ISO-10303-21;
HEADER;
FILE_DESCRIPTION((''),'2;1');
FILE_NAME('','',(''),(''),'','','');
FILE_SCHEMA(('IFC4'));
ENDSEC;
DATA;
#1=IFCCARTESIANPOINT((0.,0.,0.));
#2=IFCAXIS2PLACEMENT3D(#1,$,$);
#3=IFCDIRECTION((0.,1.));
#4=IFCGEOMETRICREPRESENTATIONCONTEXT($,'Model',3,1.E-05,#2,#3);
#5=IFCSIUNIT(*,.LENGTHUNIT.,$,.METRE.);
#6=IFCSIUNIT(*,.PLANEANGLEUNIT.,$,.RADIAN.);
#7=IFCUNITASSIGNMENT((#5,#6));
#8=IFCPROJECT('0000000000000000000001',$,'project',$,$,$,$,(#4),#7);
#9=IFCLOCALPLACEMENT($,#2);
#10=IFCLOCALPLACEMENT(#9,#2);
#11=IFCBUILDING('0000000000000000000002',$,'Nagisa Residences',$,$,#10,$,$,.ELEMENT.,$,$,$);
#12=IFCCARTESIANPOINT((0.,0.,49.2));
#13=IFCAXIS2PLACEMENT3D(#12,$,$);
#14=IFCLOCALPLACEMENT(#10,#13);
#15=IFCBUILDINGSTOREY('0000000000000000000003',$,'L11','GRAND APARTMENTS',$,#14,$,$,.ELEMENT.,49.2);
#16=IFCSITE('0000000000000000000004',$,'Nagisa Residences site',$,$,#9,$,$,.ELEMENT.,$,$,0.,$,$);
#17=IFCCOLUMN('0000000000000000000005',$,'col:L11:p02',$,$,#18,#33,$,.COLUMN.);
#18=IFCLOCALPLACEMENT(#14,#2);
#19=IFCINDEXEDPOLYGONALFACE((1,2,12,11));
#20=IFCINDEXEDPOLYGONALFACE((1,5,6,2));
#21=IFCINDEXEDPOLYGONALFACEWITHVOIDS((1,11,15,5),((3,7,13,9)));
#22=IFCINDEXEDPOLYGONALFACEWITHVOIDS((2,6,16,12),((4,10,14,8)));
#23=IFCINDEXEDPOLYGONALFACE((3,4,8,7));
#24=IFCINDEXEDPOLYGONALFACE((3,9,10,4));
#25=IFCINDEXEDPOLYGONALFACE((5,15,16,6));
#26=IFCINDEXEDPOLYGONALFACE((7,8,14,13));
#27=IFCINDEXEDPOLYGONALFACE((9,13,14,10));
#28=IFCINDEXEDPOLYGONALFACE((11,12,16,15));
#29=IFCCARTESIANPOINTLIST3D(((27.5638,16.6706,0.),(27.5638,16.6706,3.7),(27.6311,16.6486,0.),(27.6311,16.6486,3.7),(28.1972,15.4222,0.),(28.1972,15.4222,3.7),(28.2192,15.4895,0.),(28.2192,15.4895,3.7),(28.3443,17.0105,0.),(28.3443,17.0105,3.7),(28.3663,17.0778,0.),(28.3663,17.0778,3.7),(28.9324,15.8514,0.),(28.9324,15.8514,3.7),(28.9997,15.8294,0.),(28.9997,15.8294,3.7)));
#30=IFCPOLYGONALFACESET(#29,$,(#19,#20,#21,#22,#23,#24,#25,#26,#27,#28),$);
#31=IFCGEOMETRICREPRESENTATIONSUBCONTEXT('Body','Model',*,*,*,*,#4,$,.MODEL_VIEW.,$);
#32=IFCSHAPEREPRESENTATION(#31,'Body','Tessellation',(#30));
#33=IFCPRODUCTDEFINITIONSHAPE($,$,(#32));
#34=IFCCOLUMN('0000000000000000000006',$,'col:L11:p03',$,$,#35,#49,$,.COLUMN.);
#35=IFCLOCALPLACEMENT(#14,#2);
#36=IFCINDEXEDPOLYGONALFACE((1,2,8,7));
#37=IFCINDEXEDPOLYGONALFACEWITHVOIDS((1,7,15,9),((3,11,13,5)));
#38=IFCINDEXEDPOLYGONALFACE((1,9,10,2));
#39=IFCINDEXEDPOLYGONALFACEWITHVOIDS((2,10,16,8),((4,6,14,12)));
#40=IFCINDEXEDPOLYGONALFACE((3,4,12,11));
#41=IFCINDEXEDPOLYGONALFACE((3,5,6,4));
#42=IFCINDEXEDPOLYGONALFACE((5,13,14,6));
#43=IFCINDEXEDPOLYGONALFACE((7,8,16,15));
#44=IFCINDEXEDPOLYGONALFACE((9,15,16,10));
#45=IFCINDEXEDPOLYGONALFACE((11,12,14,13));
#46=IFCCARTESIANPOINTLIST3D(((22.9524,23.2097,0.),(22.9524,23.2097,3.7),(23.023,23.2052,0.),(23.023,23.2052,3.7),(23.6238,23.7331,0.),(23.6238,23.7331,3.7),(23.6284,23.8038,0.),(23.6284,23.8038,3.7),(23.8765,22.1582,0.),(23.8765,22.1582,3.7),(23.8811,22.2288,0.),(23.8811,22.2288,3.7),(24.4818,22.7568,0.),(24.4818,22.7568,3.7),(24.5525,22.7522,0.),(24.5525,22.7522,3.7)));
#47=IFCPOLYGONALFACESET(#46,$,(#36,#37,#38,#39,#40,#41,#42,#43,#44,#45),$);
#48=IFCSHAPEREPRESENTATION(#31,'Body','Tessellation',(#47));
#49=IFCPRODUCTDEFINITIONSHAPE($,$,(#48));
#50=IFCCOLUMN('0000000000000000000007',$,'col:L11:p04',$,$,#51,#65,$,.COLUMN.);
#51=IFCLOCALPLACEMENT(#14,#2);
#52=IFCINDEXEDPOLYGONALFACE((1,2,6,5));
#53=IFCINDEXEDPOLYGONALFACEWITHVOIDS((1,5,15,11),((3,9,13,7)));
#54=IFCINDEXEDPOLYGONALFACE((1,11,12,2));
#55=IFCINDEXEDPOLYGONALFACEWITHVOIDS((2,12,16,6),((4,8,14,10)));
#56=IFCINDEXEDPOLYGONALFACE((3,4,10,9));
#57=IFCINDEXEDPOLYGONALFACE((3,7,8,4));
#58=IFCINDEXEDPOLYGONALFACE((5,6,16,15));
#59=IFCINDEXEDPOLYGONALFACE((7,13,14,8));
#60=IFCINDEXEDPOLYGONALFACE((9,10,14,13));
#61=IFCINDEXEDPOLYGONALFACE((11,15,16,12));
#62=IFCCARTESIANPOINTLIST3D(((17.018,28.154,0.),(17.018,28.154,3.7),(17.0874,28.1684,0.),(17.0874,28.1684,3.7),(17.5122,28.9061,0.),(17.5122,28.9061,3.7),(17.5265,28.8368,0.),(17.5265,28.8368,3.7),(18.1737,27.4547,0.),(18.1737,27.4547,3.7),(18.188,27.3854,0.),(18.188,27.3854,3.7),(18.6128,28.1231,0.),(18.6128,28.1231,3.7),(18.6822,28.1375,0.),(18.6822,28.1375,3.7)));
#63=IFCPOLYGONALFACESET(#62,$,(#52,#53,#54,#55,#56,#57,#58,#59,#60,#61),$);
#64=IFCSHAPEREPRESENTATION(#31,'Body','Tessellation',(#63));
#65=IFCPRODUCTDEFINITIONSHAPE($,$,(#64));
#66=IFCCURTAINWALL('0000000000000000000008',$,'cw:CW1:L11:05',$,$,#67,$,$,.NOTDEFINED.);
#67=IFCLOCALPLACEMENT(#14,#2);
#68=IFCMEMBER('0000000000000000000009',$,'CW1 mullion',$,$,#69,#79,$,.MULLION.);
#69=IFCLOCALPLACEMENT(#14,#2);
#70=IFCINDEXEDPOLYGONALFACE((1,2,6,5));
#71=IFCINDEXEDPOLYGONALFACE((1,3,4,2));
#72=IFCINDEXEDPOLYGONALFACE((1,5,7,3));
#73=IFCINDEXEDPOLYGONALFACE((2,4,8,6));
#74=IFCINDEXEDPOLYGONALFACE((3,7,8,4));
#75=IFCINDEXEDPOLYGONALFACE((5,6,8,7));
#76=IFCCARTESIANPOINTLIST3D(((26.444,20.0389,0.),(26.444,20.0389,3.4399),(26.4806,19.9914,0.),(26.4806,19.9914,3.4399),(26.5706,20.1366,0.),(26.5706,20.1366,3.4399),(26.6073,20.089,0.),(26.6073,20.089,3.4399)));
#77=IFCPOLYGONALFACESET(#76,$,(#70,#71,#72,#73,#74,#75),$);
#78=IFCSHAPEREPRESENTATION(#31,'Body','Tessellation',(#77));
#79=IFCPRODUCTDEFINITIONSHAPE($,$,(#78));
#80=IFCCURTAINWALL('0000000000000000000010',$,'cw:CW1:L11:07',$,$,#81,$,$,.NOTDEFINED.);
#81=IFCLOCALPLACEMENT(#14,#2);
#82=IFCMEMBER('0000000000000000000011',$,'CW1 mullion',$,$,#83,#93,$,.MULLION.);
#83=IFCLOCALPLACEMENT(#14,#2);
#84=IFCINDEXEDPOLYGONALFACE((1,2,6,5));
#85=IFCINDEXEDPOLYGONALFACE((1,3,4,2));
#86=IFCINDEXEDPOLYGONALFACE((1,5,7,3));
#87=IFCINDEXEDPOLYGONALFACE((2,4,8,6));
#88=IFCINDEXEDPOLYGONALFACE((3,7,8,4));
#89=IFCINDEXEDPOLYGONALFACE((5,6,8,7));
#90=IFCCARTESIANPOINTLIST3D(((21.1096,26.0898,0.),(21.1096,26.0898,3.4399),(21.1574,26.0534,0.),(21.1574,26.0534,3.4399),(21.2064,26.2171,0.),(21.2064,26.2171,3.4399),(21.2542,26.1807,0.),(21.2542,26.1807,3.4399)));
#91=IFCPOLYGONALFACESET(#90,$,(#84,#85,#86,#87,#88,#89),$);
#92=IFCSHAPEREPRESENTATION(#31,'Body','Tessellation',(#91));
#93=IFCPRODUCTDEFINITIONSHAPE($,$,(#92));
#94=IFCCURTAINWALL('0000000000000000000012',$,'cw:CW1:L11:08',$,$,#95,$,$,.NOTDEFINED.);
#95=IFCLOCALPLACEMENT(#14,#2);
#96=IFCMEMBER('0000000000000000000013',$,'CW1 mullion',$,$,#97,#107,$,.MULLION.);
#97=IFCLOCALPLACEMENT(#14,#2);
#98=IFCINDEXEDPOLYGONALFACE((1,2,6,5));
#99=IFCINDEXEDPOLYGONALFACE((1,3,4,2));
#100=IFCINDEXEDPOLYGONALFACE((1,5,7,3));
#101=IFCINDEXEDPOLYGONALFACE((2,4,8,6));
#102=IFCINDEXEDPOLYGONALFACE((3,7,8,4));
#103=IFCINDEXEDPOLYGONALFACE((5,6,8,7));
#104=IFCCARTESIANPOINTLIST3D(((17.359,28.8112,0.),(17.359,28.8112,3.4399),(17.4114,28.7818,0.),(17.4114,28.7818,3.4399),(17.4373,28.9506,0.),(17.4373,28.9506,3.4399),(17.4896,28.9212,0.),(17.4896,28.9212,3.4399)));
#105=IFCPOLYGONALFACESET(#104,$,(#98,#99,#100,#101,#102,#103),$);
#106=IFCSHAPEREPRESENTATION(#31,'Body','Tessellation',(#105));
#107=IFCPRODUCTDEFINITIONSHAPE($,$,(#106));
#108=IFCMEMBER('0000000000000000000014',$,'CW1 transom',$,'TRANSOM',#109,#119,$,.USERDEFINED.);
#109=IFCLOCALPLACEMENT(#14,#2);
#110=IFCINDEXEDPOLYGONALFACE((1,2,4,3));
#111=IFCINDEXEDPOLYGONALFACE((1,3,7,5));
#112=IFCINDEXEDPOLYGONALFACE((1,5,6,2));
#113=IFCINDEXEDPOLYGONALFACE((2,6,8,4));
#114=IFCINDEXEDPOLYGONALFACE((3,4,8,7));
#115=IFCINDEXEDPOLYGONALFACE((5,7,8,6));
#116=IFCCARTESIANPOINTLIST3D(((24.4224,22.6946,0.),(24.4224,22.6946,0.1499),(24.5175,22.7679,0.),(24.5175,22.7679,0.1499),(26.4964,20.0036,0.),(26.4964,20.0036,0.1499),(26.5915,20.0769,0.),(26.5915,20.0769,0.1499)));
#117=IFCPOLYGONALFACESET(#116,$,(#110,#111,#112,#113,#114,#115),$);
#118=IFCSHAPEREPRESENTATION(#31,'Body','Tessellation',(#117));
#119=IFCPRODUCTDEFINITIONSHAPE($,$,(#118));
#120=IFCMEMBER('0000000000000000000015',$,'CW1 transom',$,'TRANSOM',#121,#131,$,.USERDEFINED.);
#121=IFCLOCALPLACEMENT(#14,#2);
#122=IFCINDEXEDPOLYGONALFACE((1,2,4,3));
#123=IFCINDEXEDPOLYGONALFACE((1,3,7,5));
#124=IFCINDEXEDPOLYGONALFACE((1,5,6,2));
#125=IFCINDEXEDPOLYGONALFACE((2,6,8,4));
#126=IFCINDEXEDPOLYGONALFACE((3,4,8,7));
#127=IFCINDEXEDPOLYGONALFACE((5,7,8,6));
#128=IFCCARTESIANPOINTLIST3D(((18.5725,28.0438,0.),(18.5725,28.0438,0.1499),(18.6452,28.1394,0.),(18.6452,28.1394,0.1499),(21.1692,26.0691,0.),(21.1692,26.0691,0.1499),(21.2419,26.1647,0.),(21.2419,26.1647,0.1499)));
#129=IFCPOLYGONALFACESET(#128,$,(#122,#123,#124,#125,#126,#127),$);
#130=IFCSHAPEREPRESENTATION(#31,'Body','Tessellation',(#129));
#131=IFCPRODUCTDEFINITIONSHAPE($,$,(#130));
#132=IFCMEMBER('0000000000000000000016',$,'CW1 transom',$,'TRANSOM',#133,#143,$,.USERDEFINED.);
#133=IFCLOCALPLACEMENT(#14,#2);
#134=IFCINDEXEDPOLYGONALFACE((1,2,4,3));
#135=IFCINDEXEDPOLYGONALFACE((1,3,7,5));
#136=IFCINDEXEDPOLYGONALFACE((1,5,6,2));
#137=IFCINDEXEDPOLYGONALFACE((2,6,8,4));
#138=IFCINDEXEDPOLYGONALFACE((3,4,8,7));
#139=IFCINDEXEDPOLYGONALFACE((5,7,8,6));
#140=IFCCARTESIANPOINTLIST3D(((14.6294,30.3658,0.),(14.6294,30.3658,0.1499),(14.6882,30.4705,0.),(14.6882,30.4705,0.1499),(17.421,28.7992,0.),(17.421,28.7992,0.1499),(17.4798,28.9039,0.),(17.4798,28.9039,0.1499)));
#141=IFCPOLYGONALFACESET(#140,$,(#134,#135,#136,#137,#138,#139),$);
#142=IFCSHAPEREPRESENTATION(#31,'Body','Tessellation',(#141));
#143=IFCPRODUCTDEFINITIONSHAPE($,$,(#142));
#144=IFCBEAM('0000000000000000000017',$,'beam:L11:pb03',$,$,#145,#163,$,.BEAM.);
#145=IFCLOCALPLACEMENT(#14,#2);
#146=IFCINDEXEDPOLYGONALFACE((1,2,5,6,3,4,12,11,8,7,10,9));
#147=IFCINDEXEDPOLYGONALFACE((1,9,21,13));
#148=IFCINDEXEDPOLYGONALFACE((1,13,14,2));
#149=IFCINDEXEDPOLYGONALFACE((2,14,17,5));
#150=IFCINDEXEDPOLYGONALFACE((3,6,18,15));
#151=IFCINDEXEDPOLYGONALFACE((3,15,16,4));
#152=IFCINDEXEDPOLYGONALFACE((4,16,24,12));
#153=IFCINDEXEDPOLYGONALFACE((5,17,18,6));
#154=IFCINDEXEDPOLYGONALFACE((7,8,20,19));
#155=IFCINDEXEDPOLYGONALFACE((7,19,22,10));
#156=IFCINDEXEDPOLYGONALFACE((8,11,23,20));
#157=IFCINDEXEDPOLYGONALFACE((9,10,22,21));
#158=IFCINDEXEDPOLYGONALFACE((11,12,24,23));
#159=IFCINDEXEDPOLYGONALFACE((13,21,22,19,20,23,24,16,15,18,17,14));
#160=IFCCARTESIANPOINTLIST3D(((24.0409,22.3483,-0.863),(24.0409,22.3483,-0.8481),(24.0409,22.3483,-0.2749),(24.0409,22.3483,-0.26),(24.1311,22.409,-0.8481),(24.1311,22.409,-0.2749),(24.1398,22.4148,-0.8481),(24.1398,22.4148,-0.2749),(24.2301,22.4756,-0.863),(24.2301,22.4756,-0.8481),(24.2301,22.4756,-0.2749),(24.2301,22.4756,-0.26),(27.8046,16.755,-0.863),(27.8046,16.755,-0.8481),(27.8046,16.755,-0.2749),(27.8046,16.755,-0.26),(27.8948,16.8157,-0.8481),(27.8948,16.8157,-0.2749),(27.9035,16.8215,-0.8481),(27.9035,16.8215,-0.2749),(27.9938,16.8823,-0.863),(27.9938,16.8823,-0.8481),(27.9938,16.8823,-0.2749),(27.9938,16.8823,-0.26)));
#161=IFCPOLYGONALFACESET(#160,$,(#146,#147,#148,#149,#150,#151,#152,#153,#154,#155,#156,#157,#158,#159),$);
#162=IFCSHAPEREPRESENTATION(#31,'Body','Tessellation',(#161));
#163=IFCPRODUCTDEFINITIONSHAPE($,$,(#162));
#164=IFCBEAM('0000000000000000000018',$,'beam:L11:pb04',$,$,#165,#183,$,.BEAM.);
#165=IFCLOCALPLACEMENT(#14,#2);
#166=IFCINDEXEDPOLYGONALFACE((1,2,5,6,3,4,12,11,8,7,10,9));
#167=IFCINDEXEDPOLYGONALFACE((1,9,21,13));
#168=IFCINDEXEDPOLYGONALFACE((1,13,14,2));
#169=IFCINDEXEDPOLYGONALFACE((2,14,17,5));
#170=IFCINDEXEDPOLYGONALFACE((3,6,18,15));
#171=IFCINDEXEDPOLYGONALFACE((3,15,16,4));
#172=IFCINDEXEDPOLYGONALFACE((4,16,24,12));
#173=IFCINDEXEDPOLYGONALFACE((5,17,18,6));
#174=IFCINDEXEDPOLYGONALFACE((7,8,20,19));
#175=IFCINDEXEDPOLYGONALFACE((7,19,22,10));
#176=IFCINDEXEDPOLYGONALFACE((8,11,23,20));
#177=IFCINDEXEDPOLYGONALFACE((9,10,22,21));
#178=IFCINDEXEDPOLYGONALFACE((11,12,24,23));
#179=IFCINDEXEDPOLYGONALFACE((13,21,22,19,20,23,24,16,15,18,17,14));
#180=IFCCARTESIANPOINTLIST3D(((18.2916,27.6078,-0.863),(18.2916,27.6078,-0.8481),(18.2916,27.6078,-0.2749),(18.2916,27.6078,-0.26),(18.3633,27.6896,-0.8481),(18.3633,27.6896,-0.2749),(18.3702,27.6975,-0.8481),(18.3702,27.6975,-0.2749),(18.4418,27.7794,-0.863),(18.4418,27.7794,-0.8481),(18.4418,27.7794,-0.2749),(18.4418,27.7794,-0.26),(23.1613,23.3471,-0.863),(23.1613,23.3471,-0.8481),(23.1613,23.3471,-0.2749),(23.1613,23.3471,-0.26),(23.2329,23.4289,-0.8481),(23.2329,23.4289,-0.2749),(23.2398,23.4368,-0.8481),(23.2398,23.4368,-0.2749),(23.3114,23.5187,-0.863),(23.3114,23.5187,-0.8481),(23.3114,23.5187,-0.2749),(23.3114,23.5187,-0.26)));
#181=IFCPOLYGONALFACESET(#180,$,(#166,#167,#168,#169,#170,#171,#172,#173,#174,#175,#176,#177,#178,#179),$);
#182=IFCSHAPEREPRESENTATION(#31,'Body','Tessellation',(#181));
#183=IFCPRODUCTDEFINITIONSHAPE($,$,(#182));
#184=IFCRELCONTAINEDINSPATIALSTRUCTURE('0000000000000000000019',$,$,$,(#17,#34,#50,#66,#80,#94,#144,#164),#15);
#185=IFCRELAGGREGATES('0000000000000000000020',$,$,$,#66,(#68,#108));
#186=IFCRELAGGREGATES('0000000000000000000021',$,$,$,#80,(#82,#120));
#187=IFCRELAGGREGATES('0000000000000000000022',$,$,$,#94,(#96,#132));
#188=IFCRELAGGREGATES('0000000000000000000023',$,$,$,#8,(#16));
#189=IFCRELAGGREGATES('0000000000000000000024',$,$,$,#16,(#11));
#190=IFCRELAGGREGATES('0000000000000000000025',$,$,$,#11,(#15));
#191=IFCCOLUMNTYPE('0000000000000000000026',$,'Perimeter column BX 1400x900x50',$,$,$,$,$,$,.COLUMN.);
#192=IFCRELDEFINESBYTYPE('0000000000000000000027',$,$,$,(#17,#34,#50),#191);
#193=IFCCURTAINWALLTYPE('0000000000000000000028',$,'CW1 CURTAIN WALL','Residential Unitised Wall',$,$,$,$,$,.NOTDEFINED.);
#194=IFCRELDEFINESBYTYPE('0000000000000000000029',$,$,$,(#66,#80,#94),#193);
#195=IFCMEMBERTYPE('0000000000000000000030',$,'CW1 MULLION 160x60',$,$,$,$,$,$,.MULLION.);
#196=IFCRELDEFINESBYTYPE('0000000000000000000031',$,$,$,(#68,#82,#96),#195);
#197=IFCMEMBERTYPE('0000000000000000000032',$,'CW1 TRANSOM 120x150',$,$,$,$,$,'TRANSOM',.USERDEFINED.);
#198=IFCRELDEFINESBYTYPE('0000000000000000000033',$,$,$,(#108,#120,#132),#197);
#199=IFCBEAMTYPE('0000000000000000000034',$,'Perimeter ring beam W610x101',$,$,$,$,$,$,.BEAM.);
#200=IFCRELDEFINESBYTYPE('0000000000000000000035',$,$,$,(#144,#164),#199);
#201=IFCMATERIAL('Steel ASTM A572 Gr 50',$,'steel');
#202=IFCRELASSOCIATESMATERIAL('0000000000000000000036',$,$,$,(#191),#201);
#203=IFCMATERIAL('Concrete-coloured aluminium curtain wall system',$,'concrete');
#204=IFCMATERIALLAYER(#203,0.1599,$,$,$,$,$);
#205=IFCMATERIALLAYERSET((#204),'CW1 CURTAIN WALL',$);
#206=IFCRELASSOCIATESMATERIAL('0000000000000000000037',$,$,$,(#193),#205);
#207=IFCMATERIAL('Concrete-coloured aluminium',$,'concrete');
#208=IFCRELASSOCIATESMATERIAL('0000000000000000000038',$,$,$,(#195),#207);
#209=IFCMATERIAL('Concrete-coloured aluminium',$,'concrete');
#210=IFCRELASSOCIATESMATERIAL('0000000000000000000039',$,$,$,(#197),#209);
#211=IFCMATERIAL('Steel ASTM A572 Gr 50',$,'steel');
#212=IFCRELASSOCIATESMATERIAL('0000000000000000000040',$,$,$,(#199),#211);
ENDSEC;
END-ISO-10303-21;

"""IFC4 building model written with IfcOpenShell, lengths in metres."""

from ifc_helpers import new_model, si_unit, direction, frame, origin, origin_2d, place, context, subcontext, project, spatial, rectangle, hollow_rectangle, i_section, extrude, material, layer, layer_set, material_profile, profile_set, type_object, element, aggregate, save


model = new_model("IFC4")

# Units and contexts
model_context = context("Model", 3, precision=1e-05, world=origin(), true_north=direction((0.0, 1.0)))
body_context = subcontext(model_context, "Body", "Model", "MODEL_VIEW")
ifc_project = project(units=[si_unit("LENGTHUNIT", "METRE"), si_unit("PLANEANGLEUNIT", "RADIAN")], contexts=[model_context])

# Site, building, storey
site_placement = place(None, origin())
site = spatial("IfcSite", under=ifc_project, at=site_placement, Name="Nagisa Residences site", CompositionType="ELEMENT", RefElevation=0.0)
building_placement = place(site_placement, origin())
building = spatial("IfcBuilding", under=site, at=building_placement, Name="Nagisa Residences", CompositionType="ELEMENT")
storey_placement = place(building_placement, frame((0.0, 0.0, 49.2)))
storey = spatial("IfcBuildingStorey", under=building, at=storey_placement, Name="L11", Description="GRAND APARTMENTS", CompositionType="ELEMENT", Elevation=49.2)

# Columns
ifc_material_1 = material(Name="Steel ASTM A572 Gr 50", Category="steel")
ifc_material_profile_1 = material_profile(ifc_material_1, hollow_rectangle(XDim=1.3999, YDim=0.8999, WallThickness=0.05, at=origin_2d()), Name="BX 1400x900x50")
ifc_profile_set_1 = profile_set([ifc_material_profile_1], Name="Steel ASTM A572 Gr 50")
column_type = type_object("IfcColumnType", Name="Perimeter column BX 1400x900x50", PredefinedType="COLUMN", material=ifc_profile_set_1)
for number, where, z_axis, x_axis, name in (
    (1, (28.2817, 16.25, 0.0), (0.0, 0.0, 1.0), (-0.452463, 0.891783, 0.0), "col:L11:p02"),
    (2, (23.7524, 22.981, 0.0), (0.0, 0.0, 1.0), (-0.660115, 0.751165, 0.0), "col:L11:p03"),
    (3, (17.8501, 28.1458, 0.0), (0.0, 0.0, 1.0), (-0.835766, 0.549086, 0.0), "col:L11:p04"),
):
    element("IfcColumn", number, at=place(storey_placement, frame(where, z_axis=z_axis, x_axis=x_axis)), inside=storey, type_object=column_type, Name=name, PredefinedType="COLUMN", context=body_context, shape_type="SweptSolid", body=[
        extrude(hollow_rectangle(XDim=1.3999, YDim=0.8999, WallThickness=0.05, at=origin_2d()), origin(), (0.0, 0.0, 1.0), 3.7),
    ])

# Curtain walls, members
ifc_material_2 = material(Name="Concrete-coloured aluminium curtain wall system", Category="concrete")
ifc_layer_1 = layer(ifc_material_2, 0.1599)
ifc_layer_set_1 = layer_set([ifc_layer_1], Name="CW1 CURTAIN WALL")
curtain_wall_type = type_object("IfcCurtainWallType", Name="CW1 CURTAIN WALL", Description="Residential Unitised Wall", PredefinedType="NOTDEFINED", material=ifc_layer_set_1)
curtain_wall_1_placement = place(storey_placement, origin())
curtain_wall_1 = element("IfcCurtainWall", 4, at=curtain_wall_1_placement, inside=storey, type_object=curtain_wall_type, Name="cw:CW1:L11:05", PredefinedType="NOTDEFINED")
ifc_material_3 = material(Name="Concrete-coloured aluminium", Category="concrete")
ifc_material_profile_2 = material_profile(ifc_material_3, rectangle(XDim=0.1599, YDim=0.0601, at=origin_2d()), Name="CW1 MULLION 160x60")
ifc_profile_set_2 = profile_set([ifc_material_profile_2], Name="Concrete-coloured aluminium")
member_type_1 = type_object("IfcMemberType", Name="CW1 MULLION 160x60", PredefinedType="MULLION", material=ifc_profile_set_2)
member_1_placement = place(storey_placement, frame((26.5256, 20.064, 0.0), z_axis=(0.0, 0.0, 1.0), x_axis=(-0.79207, -0.61043, 0.0)))
member_1 = element("IfcMember", 5, at=member_1_placement, type_object=member_type_1, Name="CW1 mullion", PredefinedType="MULLION", context=body_context, shape_type="SweptSolid", body=[
    extrude(rectangle(XDim=0.1599, YDim=0.0601, at=origin_2d()), origin(), (0.0, 0.0, 1.0), 3.4399),
])
curtain_wall_2_placement = place(storey_placement, origin())
curtain_wall_2 = element("IfcCurtainWall", 6, at=curtain_wall_2_placement, inside=storey, type_object=curtain_wall_type, Name="cw:CW1:L11:07", PredefinedType="NOTDEFINED")
member_2_placement = place(storey_placement, frame((21.1819, 26.1353, 0.0), z_axis=(0.0, 0.0, 1.0), x_axis=(-0.605255, -0.796031, 0.0)))
member_2 = element("IfcMember", 7, at=member_2_placement, type_object=member_type_1, Name="CW1 mullion", PredefinedType="MULLION", context=body_context, shape_type="SweptSolid", body=[
    extrude(rectangle(XDim=0.1599, YDim=0.0601, at=origin_2d()), origin(), (0.0, 0.0, 1.0), 3.4399),
])
curtain_wall_3_placement = place(storey_placement, origin())
curtain_wall_3 = element("IfcCurtainWall", 8, at=curtain_wall_3_placement, inside=storey, type_object=curtain_wall_type, Name="cw:CW1:L11:08", PredefinedType="NOTDEFINED")
member_3_placement = place(storey_placement, frame((17.4243, 28.8662, 0.0), z_axis=(0.0, 0.0, 1.0), x_axis=(-0.489377, -0.872072, 0.0)))
member_3 = element("IfcMember", 9, at=member_3_placement, type_object=member_type_1, Name="CW1 mullion", PredefinedType="MULLION", context=body_context, shape_type="SweptSolid", body=[
    extrude(rectangle(XDim=0.1599, YDim=0.0601, at=origin_2d()), origin(), (0.0, 0.0, 1.0), 3.4399),
])

# Members
ifc_material_4 = material(Name="Concrete-coloured aluminium", Category="concrete")
ifc_material_profile_3 = material_profile(ifc_material_4, rectangle(XDim=0.1201, YDim=0.1499, at=origin_2d()), Name="CW1 TRANSOM 120x150")
ifc_profile_set_3 = profile_set([ifc_material_profile_3], Name="Concrete-coloured aluminium")
member_type_2 = type_object("IfcMemberType", Name="CW1 TRANSOM 120x150", ElementType="TRANSOM", PredefinedType="USERDEFINED", material=ifc_profile_set_3)
member_4_placement = place(storey_placement, frame((26.5439, 20.0403, 0.075), z_axis=(-0.610457, 0.792049, 0.0), x_axis=(-0.792049, -0.610457, 0.0)))
member_4 = element("IfcMember", 10, at=member_4_placement, type_object=member_type_2, Name="CW1 transom", ObjectType="TRANSOM", PredefinedType="USERDEFINED", context=body_context, shape_type="SweptSolid", body=[
    extrude(rectangle(XDim=0.1201, YDim=0.1499, at=origin_2d()), origin(), (0.0, 0.0, 1.0), 3.3975),
])
member_5_placement = place(storey_placement, frame((21.2056, 26.1169, 0.075), z_axis=(-0.795995, 0.605303, 0.0), x_axis=(-0.605303, -0.795995, 0.0)))
member_5 = element("IfcMember", 11, at=member_5_placement, type_object=member_type_2, Name="CW1 transom", ObjectType="TRANSOM", PredefinedType="USERDEFINED", context=body_context, shape_type="SweptSolid", body=[
    extrude(rectangle(XDim=0.1201, YDim=0.1499, at=origin_2d()), origin(), (0.0, 0.0, 1.0), 3.2622),
])
member_6_placement = place(storey_placement, frame((17.4504, 28.8516, 0.075), z_axis=(-0.87207, 0.489381, 0.0), x_axis=(-0.489381, -0.87207, 0.0)))
member_6 = element("IfcMember", 12, at=member_6_placement, type_object=member_type_2, Name="CW1 transom", ObjectType="TRANSOM", PredefinedType="USERDEFINED", context=body_context, shape_type="SweptSolid", body=[
    extrude(rectangle(XDim=0.1201, YDim=0.1499, at=origin_2d()), origin(), (0.0, 0.0, 1.0), 3.2012),
])

# Beams
ifc_material_5 = material(Name="Steel ASTM A572 Gr 50", Category="steel")
ifc_material_profile_4 = material_profile(ifc_material_5, i_section(OverallWidth=0.228, OverallDepth=0.603, WebThickness=0.0105, FlangeThickness=0.0149, at=origin_2d()), Name="W610x101")
ifc_profile_set_4 = profile_set([ifc_material_profile_4], Name="Steel ASTM A572 Gr 50")
beam_type_1 = type_object("IfcBeamType", Name="Perimeter ring beam W610x101", PredefinedType="BEAM", material=ifc_profile_set_4)
beam_1_placement = place(storey_placement, frame((27.8992, 16.8186, -0.5615), z_axis=(-0.558272, 0.829658, 0.0), x_axis=(-0.829658, -0.558272, 0.0)))
element("IfcBeam", 13, at=beam_1_placement, inside=storey, type_object=beam_type_1, Name="beam:L11:pb03", PredefinedType="BEAM", context=body_context, shape_type="SweptSolid", body=[
    extrude(i_section(OverallWidth=0.228, OverallDepth=0.603, WebThickness=0.0105, FlangeThickness=0.0149, at=origin_2d()), origin(), (0.0, 0.0, 1.0), 6.7417),
])
beam_2_placement = place(storey_placement, frame((23.2363, 23.4329, -0.5615), z_axis=(-0.752591, 0.658489, 0.0), x_axis=(-0.658489, -0.752591, 0.0)))
element("IfcBeam", 14, at=beam_2_placement, inside=storey, type_object=beam_type_1, Name="beam:L11:pb04", PredefinedType="BEAM", context=body_context, shape_type="SweptSolid", body=[
    extrude(i_section(OverallWidth=0.228, OverallDepth=0.603, WebThickness=0.0105, FlangeThickness=0.0149, at=origin_2d()), origin(), (0.0, 0.0, 1.0), 6.4705),
])

aggregate(curtain_wall_1, [member_1, member_4])
aggregate(curtain_wall_2, [member_2, member_5])
aggregate(curtain_wall_3, [member_3, member_6])

save(model, "model.ifc")
